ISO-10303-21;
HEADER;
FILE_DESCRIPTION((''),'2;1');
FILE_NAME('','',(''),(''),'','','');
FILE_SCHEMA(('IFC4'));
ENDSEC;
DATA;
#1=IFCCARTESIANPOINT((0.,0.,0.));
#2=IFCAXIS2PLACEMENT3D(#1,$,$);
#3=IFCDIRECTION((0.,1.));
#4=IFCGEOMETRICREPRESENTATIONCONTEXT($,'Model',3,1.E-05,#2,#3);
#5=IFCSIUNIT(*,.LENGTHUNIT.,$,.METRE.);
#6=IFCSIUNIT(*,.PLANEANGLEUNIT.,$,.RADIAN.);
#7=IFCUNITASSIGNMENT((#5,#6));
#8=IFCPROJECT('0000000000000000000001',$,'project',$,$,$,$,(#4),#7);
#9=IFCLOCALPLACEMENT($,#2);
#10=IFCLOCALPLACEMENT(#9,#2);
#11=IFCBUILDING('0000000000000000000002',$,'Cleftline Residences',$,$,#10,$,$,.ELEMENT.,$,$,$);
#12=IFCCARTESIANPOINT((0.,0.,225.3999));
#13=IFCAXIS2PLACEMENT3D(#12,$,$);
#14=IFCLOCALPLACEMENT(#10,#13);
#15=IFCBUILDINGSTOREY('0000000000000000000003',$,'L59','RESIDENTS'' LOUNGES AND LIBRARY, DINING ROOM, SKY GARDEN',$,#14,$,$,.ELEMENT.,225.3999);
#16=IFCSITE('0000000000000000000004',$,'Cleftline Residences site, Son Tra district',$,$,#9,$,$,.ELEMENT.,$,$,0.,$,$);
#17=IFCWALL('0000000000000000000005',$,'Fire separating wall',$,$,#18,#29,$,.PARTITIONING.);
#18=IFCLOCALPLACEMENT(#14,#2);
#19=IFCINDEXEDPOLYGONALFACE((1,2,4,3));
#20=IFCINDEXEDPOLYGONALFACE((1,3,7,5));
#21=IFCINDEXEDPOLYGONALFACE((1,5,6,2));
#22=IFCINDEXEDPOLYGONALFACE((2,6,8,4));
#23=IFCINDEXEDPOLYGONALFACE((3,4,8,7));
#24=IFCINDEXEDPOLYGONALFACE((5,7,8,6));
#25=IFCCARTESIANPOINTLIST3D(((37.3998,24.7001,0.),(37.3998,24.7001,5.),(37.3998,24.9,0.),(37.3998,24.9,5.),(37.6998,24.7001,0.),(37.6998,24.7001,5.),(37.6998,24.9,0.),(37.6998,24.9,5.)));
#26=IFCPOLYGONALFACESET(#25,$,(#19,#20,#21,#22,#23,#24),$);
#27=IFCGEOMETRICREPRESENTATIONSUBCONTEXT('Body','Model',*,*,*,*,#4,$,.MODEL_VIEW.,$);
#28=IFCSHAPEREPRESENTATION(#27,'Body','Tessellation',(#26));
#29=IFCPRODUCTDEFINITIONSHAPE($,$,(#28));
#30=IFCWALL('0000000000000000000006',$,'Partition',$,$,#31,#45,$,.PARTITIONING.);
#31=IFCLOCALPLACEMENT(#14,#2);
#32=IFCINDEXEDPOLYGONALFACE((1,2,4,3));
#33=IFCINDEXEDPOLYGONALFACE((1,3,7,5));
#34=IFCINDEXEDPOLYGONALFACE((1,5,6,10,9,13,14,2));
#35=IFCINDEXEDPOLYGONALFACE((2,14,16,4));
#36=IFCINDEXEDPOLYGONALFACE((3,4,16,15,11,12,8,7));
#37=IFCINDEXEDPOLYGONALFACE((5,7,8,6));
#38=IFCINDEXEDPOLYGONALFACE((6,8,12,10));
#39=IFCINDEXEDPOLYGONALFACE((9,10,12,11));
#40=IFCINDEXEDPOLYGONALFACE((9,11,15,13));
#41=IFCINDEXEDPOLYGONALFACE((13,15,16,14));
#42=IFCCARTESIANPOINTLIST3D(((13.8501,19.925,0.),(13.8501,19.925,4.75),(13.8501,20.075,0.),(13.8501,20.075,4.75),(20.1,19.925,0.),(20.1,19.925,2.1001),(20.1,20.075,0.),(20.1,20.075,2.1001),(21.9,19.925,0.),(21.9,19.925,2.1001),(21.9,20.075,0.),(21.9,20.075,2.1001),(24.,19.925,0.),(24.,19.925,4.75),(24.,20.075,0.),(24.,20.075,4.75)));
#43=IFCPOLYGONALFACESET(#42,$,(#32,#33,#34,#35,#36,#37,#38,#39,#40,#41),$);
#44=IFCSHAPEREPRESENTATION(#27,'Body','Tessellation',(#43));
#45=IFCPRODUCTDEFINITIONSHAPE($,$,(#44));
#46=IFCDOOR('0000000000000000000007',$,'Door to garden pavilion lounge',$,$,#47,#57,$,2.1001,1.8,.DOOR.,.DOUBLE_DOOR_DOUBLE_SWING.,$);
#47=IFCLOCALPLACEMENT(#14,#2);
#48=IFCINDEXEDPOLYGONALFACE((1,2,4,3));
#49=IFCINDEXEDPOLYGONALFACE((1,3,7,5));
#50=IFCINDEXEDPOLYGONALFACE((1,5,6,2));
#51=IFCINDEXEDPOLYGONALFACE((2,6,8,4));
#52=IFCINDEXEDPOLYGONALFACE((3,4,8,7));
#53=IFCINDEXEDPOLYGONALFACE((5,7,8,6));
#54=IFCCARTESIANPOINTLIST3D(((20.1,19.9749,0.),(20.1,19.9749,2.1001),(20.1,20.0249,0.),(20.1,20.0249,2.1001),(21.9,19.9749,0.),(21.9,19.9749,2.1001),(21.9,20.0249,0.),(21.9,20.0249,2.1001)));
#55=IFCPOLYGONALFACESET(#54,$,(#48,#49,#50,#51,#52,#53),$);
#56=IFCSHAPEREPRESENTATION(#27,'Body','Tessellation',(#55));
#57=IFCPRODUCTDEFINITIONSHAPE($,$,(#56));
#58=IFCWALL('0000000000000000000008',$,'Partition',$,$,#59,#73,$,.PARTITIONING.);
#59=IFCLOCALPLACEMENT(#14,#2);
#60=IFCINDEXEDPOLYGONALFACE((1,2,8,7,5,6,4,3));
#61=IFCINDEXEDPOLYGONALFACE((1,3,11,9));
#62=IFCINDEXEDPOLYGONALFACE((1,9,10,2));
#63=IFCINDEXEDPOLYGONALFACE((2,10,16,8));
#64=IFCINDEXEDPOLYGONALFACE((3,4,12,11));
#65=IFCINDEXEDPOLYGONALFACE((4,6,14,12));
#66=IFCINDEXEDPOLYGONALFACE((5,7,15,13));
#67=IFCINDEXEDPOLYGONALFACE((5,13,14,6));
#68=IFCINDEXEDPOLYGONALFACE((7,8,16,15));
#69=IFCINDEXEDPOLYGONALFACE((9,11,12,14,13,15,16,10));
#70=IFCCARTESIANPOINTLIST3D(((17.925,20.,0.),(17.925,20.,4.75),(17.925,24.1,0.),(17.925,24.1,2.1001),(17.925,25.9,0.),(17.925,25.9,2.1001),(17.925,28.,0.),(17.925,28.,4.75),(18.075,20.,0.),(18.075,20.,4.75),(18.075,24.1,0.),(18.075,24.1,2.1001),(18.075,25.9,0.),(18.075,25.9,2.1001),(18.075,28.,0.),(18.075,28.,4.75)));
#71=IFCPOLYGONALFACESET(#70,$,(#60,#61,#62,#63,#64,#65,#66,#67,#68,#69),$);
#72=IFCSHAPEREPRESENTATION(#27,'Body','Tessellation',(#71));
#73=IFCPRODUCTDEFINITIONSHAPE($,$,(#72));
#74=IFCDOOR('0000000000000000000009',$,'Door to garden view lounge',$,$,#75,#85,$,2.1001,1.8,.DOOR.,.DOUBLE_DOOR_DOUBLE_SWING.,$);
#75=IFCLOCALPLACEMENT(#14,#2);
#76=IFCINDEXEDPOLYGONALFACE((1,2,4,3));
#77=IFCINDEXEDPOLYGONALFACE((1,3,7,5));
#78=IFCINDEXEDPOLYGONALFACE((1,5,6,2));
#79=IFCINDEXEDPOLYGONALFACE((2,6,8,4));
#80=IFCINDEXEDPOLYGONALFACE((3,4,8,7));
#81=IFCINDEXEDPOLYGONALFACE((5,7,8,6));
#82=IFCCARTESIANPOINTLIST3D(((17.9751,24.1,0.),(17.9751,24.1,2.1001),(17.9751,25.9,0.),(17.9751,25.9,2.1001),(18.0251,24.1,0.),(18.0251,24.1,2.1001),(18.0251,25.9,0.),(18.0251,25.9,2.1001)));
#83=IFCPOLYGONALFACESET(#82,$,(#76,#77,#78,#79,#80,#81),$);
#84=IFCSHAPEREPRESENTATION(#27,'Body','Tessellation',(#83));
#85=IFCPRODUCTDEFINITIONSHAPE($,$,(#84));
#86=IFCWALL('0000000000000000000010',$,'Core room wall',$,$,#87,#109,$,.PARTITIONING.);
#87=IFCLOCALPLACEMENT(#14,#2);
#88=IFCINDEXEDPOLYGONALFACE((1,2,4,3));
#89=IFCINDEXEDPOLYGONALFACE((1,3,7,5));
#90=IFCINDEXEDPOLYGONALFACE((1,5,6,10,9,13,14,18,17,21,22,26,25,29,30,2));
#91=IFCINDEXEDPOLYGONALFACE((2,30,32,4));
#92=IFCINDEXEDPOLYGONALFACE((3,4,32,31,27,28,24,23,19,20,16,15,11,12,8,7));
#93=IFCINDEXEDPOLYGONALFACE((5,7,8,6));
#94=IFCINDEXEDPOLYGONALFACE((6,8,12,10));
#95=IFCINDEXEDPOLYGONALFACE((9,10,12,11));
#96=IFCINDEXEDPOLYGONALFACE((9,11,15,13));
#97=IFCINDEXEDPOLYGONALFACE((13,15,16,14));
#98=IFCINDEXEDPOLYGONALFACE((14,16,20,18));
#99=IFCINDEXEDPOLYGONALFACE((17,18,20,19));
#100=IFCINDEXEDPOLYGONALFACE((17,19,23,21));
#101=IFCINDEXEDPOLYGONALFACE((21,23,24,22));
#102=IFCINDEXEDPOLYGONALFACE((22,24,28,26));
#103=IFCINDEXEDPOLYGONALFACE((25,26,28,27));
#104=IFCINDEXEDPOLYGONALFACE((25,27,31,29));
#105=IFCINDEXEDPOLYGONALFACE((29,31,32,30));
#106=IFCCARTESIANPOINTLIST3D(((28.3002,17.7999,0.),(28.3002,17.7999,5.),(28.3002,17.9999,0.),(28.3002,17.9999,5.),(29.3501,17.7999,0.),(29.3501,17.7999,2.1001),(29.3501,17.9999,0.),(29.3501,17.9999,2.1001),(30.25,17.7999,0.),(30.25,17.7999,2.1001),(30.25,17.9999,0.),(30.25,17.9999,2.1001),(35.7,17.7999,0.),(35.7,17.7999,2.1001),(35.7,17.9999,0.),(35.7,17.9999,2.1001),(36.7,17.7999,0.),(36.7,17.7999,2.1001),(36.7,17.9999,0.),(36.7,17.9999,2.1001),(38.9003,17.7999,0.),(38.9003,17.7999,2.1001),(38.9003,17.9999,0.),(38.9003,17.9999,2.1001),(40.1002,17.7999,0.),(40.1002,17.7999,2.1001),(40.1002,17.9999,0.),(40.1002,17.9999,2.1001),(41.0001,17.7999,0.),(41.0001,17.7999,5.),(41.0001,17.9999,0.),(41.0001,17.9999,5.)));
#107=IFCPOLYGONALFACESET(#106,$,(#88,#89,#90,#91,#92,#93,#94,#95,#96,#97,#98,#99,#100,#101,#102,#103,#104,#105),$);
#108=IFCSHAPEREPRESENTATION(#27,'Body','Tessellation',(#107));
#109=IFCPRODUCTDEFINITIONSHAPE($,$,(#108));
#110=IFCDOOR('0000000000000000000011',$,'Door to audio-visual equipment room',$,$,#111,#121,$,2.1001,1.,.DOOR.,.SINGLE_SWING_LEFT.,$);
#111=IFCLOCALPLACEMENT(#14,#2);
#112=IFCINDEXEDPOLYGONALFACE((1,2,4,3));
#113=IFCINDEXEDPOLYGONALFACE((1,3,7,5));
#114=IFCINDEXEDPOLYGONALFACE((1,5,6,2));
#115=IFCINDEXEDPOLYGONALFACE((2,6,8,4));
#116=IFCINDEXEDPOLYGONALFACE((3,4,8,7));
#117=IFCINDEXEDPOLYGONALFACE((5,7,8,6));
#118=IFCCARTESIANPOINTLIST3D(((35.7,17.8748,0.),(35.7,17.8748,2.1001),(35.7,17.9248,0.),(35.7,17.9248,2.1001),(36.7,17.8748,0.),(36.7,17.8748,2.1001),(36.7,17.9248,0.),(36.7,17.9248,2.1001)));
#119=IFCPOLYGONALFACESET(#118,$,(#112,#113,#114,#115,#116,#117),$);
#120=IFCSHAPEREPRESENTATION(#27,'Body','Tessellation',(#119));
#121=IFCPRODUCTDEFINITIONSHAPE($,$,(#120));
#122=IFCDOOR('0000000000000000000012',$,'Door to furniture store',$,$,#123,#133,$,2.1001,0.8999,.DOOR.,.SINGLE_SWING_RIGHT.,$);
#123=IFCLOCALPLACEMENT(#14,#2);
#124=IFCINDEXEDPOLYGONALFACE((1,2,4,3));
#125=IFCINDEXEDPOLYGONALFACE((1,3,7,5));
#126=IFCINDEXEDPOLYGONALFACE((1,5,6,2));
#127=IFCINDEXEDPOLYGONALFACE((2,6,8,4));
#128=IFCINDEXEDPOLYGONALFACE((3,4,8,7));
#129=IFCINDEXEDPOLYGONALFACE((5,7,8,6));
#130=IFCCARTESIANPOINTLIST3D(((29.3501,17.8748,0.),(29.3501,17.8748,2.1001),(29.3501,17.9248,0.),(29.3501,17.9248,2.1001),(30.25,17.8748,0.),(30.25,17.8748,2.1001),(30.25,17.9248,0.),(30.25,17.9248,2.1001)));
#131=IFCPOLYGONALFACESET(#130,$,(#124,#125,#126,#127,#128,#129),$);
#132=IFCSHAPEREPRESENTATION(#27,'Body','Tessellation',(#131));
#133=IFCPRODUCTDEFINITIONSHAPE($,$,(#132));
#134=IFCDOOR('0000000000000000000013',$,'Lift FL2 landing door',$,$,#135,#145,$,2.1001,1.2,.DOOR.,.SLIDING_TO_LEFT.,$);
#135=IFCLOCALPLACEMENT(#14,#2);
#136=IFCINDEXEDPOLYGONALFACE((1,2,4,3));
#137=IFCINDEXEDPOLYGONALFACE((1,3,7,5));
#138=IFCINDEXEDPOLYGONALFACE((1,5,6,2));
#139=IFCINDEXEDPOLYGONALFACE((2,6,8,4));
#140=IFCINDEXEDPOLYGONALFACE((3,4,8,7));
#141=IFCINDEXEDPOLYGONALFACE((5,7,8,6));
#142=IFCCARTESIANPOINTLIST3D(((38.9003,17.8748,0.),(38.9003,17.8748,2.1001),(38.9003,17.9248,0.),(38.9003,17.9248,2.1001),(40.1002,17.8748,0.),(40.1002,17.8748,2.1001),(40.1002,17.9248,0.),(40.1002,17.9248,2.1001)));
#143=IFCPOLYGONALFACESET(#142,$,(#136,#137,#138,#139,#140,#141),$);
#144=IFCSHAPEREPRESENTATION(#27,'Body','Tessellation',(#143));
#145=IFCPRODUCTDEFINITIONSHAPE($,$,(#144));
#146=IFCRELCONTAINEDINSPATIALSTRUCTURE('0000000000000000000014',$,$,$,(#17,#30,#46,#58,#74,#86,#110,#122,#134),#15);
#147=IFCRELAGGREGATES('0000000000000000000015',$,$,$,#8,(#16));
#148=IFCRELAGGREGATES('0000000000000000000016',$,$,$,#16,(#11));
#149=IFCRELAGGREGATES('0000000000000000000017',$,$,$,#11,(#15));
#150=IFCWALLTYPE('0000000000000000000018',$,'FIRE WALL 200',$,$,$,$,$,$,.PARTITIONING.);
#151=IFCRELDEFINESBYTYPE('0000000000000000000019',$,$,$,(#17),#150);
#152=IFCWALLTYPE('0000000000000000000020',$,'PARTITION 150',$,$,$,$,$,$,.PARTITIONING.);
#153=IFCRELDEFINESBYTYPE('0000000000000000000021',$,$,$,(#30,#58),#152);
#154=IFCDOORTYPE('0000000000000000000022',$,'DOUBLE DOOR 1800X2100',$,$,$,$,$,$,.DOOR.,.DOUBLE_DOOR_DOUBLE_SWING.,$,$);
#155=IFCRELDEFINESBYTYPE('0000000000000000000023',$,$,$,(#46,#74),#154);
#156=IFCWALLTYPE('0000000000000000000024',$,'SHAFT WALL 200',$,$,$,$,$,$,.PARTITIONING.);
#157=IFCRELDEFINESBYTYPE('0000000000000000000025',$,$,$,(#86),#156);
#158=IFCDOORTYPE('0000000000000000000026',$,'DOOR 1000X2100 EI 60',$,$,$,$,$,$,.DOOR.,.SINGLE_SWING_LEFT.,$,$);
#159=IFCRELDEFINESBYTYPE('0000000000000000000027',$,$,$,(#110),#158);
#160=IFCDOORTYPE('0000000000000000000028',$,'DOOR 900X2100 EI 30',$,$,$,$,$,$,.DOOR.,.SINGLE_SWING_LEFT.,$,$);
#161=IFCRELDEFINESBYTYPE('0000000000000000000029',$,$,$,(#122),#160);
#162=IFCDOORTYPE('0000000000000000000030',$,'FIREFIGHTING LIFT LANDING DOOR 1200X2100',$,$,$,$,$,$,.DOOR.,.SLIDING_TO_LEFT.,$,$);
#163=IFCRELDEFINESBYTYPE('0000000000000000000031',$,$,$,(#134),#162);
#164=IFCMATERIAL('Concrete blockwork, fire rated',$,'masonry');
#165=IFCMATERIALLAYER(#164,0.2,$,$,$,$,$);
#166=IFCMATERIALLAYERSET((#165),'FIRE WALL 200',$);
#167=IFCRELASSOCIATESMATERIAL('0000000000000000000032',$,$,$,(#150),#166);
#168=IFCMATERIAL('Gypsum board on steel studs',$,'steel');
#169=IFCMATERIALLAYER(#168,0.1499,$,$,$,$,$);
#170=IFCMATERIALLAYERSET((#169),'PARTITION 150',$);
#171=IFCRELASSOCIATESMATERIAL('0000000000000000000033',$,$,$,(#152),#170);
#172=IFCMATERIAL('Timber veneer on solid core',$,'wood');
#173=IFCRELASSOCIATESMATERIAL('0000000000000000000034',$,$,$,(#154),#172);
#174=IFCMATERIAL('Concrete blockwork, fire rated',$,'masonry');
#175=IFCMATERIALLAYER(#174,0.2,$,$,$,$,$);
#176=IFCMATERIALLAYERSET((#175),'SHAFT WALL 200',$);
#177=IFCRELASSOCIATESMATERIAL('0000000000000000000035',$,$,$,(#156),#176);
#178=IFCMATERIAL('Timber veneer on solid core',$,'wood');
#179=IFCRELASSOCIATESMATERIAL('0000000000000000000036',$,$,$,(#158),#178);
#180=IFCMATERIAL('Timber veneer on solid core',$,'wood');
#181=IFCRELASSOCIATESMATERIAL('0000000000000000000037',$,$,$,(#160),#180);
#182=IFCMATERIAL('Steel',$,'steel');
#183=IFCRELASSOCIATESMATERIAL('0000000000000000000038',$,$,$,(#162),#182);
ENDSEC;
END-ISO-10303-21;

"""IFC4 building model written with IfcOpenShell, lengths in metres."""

from ifc_helpers import new_model, si_unit, direction, frame, frame_2d, origin, place, context, subcontext, project, spatial, rectangle, extrude, material, layer, layer_set, type_object, element, fill, save


model = new_model("IFC4")

# Units and contexts
model_context = context("Model", 3, precision=1e-05, world=origin(), true_north=direction((0.0, 1.0)))
body_context = subcontext(model_context, "Body", "Model", "MODEL_VIEW")
ifc_project = project(units=[si_unit("LENGTHUNIT", "METRE"), si_unit("PLANEANGLEUNIT", "RADIAN")], contexts=[model_context])

# Site, building, storey
site_placement = place(None, origin())
site = spatial("IfcSite", under=ifc_project, at=site_placement, Name="Cleftline Residences site, Son Tra district", CompositionType="ELEMENT", RefElevation=0.0)
building_placement = place(site_placement, origin())
building = spatial("IfcBuilding", under=site, at=building_placement, Name="Cleftline Residences", CompositionType="ELEMENT")
storey_placement = place(building_placement, frame((0.0, 0.0, 225.3999)))
storey = spatial("IfcBuildingStorey", under=building, at=storey_placement, Name="L59", Description="RESIDENTS' LOUNGES AND LIBRARY, DINING ROOM, SKY GARDEN", CompositionType="ELEMENT", Elevation=225.3999)

# Wall
ifc_material_1 = material(Name="Concrete blockwork, fire rated", Category="masonry")
ifc_layer_1 = layer(ifc_material_1, 0.2)
ifc_layer_set_1 = layer_set([ifc_layer_1], Name="FIRE WALL 200")
wall_type_1 = type_object("IfcWallType", Name="FIRE WALL 200", PredefinedType="PARTITIONING", material=ifc_layer_set_1)
for number, where, z_axis, x_axis, name in (
    (1, (37.3999, 24.8, 0.0), (0.0, 0.0, 1.0), (1.0, 0.0, 0.0), "Fire separating wall"),
):
    element("IfcWall", number, at=place(storey_placement, frame(where, z_axis=z_axis, x_axis=x_axis)), inside=storey, type_object=wall_type_1, Name=name, PredefinedType="PARTITIONING", context=body_context, shape_type="SweptSolid", body=[
        extrude(rectangle(XDim=0.3, YDim=0.2, at=frame_2d((0.1499, 0.0))), origin(), (0.0, 0.0, 1.0), 5.0),
    ])

# Walls, openings, doors
ifc_material_2 = material(Name="Gypsum board on steel studs", Category="steel")
ifc_layer_2 = layer(ifc_material_2, 0.1499)
ifc_layer_set_2 = layer_set([ifc_layer_2], Name="PARTITION 150")
wall_type_2 = type_object("IfcWallType", Name="PARTITION 150", PredefinedType="PARTITIONING", material=ifc_layer_set_2)
wall_1_placement = place(storey_placement, frame((13.8501, 20.0, 0.0), z_axis=(0.0, 0.0, 1.0), x_axis=(1.0, 0.0, 0.0)))
wall_1 = element("IfcWall", 2, at=wall_1_placement, inside=storey, type_object=wall_type_2, Name="Partition", PredefinedType="PARTITIONING", context=body_context, shape_type="SweptSolid", body=[
    extrude(rectangle(XDim=10.1499, YDim=0.1499, at=frame_2d((5.075, 0.0))), origin(), (0.0, 0.0, 1.0), 4.75),
])
opening_1_placement = place(wall_1_placement, frame((6.25, 0.0, 0.0)))
opening_1 = element("IfcOpeningElement", 3, at=opening_1_placement, cuts=wall_1, PredefinedType="OPENING", context=body_context, shape_type="SweptSolid", body=[
    extrude(rectangle(XDim=1.8, YDim=2.1001, at=frame_2d((0.8999, 1.05))), frame((0.0, 0.085, 0.0), z_axis=(0.0, -1.0, 0.0), x_axis=(1.0, 0.0, 0.0)), (0.0, 0.0, 1.0), 0.1699),
])
ifc_material_3 = material(Name="Timber veneer on solid core", Category="wood")
door_type_1 = type_object("IfcDoorType", Name="DOUBLE DOOR 1800X2100", OperationType="DOUBLE_DOOR_DOUBLE_SWING", PredefinedType="DOOR", material=ifc_material_3)
door_1_placement = place(opening_1_placement, origin())
door_1 = element("IfcDoor", 4, at=door_1_placement, inside=storey, type_object=door_type_1, Name="Door to garden pavilion lounge", OperationType="DOUBLE_DOOR_DOUBLE_SWING", OverallHeight=2.1001, OverallWidth=1.8, PredefinedType="DOOR", context=body_context, shape_type="SweptSolid", body=[
    extrude(rectangle(XDim=1.8, YDim=2.1001, at=frame_2d((0.8999, 1.05))), frame((0.0, 0.0249, 0.0), z_axis=(0.0, -1.0, 0.0), x_axis=(1.0, 0.0, 0.0)), (0.0, 0.0, 1.0), 0.05),
])
fill(opening_1, door_1)
wall_2_placement = place(storey_placement, frame((18.0, 20.0, 0.0), z_axis=(0.0, 0.0, 1.0), x_axis=(0.0, 1.0, 0.0)))
wall_2 = element("IfcWall", 5, at=wall_2_placement, inside=storey, type_object=wall_type_2, Name="Partition", PredefinedType="PARTITIONING", context=body_context, shape_type="SweptSolid", body=[
    extrude(rectangle(XDim=8.0, YDim=0.1499, at=frame_2d((4.0, 0.0))), origin(), (0.0, 0.0, 1.0), 4.75),
])
opening_2_placement = place(wall_2_placement, frame((4.1001, 0.0, 0.0)))
opening_2 = element("IfcOpeningElement", 6, at=opening_2_placement, cuts=wall_2, PredefinedType="OPENING", context=body_context, shape_type="SweptSolid", body=[
    extrude(rectangle(XDim=1.8, YDim=2.1001, at=frame_2d((0.8999, 1.05))), frame((0.0, 0.085, 0.0), z_axis=(0.0, -1.0, 0.0), x_axis=(1.0, 0.0, 0.0)), (0.0, 0.0, 1.0), 0.1699),
])
door_2_placement = place(opening_2_placement, origin())
door_2 = element("IfcDoor", 7, at=door_2_placement, inside=storey, type_object=door_type_1, Name="Door to garden view lounge", OperationType="DOUBLE_DOOR_DOUBLE_SWING", OverallHeight=2.1001, OverallWidth=1.8, PredefinedType="DOOR", context=body_context, shape_type="SweptSolid", body=[
    extrude(rectangle(XDim=1.8, YDim=2.1001, at=frame_2d((0.8999, 1.05))), frame((0.0, 0.0249, 0.0), z_axis=(0.0, -1.0, 0.0), x_axis=(1.0, 0.0, 0.0)), (0.0, 0.0, 1.0), 0.05),
])
fill(opening_2, door_2)

# Wall, openings, doors
ifc_material_4 = material(Name="Concrete blockwork, fire rated", Category="masonry")
ifc_layer_3 = layer(ifc_material_4, 0.2)
ifc_layer_set_3 = layer_set([ifc_layer_3], Name="SHAFT WALL 200")
wall_type_3 = type_object("IfcWallType", Name="SHAFT WALL 200", PredefinedType="PARTITIONING", material=ifc_layer_set_3)
wall_3_placement = place(storey_placement, frame((28.3, 17.8999, 0.0), z_axis=(0.0, 0.0, 1.0), x_axis=(1.0, 0.0, 0.0)))
wall_3 = element("IfcWall", 8, at=wall_3_placement, inside=storey, type_object=wall_type_3, Name="Core room wall", PredefinedType="PARTITIONING", context=body_context, shape_type="SweptSolid", body=[
    extrude(rectangle(XDim=12.7, YDim=0.2, at=frame_2d((6.3501, 0.0))), origin(), (0.0, 0.0, 1.0), 5.0),
])
opening_3_placement = place(wall_3_placement, frame((1.05, 0.0, 0.0)))
opening_3 = element("IfcOpeningElement", 9, at=opening_3_placement, cuts=wall_3, PredefinedType="OPENING", context=body_context, shape_type="SweptSolid", body=[
    extrude(rectangle(XDim=0.8999, YDim=2.1001, at=frame_2d((0.45, 1.05))), frame((0.0, 0.1099, 0.0), z_axis=(0.0, -1.0, 0.0), x_axis=(1.0, 0.0, 0.0)), (0.0, 0.0, 1.0), 0.22),
])
opening_4_placement = place(wall_3_placement, frame((7.3999, 0.0, 0.0)))
opening_4 = element("IfcOpeningElement", 10, at=opening_4_placement, cuts=wall_3, PredefinedType="OPENING", context=body_context, shape_type="SweptSolid", body=[
    extrude(rectangle(XDim=1.0, YDim=2.1001, at=frame_2d((0.5, 1.05))), frame((0.0, 0.1099, 0.0), z_axis=(0.0, -1.0, 0.0), x_axis=(1.0, 0.0, 0.0)), (0.0, 0.0, 1.0), 0.22),
])
opening_5_placement = place(wall_3_placement, frame((10.6001, 0.0, 0.0)))
opening_5 = element("IfcOpeningElement", 11, at=opening_5_placement, cuts=wall_3, PredefinedType="OPENING", context=body_context, shape_type="SweptSolid", body=[
    extrude(rectangle(XDim=1.2, YDim=2.1001, at=frame_2d((0.6001, 1.05))), frame((0.0, 0.1099, 0.0), z_axis=(0.0, -1.0, 0.0), x_axis=(1.0, 0.0, 0.0)), (0.0, 0.0, 1.0), 0.22),
])
ifc_material_5 = material(Name="Timber veneer on solid core", Category="wood")
door_type_2 = type_object("IfcDoorType", Name="DOOR 1000X2100 EI 60", OperationType="SINGLE_SWING_LEFT", PredefinedType="DOOR", material=ifc_material_5)
door_3_placement = place(opening_4_placement, origin())
door_3 = element("IfcDoor", 12, at=door_3_placement, inside=storey, type_object=door_type_2, Name="Door to audio-visual equipment room", OperationType="SINGLE_SWING_LEFT", OverallHeight=2.1001, OverallWidth=1.0, PredefinedType="DOOR", context=body_context, shape_type="SweptSolid", body=[
    extrude(rectangle(XDim=1.0, YDim=2.1001, at=frame_2d((0.5, 1.05))), frame((0.0, 0.0249, 0.0), z_axis=(0.0, -1.0, 0.0), x_axis=(1.0, 0.0, 0.0)), (0.0, 0.0, 1.0), 0.05),
])
fill(opening_4, door_3)
ifc_material_6 = material(Name="Timber veneer on solid core", Category="wood")
door_type_3 = type_object("IfcDoorType", Name="DOOR 900X2100 EI 30", OperationType="SINGLE_SWING_LEFT", PredefinedType="DOOR", material=ifc_material_6)
door_4_placement = place(opening_3_placement, origin())
door_4 = element("IfcDoor", 13, at=door_4_placement, inside=storey, type_object=door_type_3, Name="Door to furniture store", OperationType="SINGLE_SWING_RIGHT", OverallHeight=2.1001, OverallWidth=0.8999, PredefinedType="DOOR", context=body_context, shape_type="SweptSolid", body=[
    extrude(rectangle(XDim=0.8999, YDim=2.1001, at=frame_2d((0.45, 1.05))), frame((0.0, 0.0249, 0.0), z_axis=(0.0, -1.0, 0.0), x_axis=(1.0, 0.0, 0.0)), (0.0, 0.0, 1.0), 0.05),
])
fill(opening_3, door_4)
ifc_material_7 = material(Name="Steel", Category="steel")
door_type_4 = type_object("IfcDoorType", Name="FIREFIGHTING LIFT LANDING DOOR 1200X2100", OperationType="SLIDING_TO_LEFT", PredefinedType="DOOR", material=ifc_material_7)
door_5_placement = place(opening_5_placement, origin())
door_5 = element("IfcDoor", 14, at=door_5_placement, inside=storey, type_object=door_type_4, Name="Lift FL2 landing door", OperationType="SLIDING_TO_LEFT", OverallHeight=2.1001, OverallWidth=1.2, PredefinedType="DOOR", context=body_context, shape_type="SweptSolid", body=[
    extrude(rectangle(XDim=1.2, YDim=2.1001, at=frame_2d((0.6001, 1.05))), frame((0.0, 0.0249, 0.0), z_axis=(0.0, -1.0, 0.0), x_axis=(1.0, 0.0, 0.0)), (0.0, 0.0, 1.0), 0.05),
])
fill(opening_5, door_5)

save(model, "model.ifc")
